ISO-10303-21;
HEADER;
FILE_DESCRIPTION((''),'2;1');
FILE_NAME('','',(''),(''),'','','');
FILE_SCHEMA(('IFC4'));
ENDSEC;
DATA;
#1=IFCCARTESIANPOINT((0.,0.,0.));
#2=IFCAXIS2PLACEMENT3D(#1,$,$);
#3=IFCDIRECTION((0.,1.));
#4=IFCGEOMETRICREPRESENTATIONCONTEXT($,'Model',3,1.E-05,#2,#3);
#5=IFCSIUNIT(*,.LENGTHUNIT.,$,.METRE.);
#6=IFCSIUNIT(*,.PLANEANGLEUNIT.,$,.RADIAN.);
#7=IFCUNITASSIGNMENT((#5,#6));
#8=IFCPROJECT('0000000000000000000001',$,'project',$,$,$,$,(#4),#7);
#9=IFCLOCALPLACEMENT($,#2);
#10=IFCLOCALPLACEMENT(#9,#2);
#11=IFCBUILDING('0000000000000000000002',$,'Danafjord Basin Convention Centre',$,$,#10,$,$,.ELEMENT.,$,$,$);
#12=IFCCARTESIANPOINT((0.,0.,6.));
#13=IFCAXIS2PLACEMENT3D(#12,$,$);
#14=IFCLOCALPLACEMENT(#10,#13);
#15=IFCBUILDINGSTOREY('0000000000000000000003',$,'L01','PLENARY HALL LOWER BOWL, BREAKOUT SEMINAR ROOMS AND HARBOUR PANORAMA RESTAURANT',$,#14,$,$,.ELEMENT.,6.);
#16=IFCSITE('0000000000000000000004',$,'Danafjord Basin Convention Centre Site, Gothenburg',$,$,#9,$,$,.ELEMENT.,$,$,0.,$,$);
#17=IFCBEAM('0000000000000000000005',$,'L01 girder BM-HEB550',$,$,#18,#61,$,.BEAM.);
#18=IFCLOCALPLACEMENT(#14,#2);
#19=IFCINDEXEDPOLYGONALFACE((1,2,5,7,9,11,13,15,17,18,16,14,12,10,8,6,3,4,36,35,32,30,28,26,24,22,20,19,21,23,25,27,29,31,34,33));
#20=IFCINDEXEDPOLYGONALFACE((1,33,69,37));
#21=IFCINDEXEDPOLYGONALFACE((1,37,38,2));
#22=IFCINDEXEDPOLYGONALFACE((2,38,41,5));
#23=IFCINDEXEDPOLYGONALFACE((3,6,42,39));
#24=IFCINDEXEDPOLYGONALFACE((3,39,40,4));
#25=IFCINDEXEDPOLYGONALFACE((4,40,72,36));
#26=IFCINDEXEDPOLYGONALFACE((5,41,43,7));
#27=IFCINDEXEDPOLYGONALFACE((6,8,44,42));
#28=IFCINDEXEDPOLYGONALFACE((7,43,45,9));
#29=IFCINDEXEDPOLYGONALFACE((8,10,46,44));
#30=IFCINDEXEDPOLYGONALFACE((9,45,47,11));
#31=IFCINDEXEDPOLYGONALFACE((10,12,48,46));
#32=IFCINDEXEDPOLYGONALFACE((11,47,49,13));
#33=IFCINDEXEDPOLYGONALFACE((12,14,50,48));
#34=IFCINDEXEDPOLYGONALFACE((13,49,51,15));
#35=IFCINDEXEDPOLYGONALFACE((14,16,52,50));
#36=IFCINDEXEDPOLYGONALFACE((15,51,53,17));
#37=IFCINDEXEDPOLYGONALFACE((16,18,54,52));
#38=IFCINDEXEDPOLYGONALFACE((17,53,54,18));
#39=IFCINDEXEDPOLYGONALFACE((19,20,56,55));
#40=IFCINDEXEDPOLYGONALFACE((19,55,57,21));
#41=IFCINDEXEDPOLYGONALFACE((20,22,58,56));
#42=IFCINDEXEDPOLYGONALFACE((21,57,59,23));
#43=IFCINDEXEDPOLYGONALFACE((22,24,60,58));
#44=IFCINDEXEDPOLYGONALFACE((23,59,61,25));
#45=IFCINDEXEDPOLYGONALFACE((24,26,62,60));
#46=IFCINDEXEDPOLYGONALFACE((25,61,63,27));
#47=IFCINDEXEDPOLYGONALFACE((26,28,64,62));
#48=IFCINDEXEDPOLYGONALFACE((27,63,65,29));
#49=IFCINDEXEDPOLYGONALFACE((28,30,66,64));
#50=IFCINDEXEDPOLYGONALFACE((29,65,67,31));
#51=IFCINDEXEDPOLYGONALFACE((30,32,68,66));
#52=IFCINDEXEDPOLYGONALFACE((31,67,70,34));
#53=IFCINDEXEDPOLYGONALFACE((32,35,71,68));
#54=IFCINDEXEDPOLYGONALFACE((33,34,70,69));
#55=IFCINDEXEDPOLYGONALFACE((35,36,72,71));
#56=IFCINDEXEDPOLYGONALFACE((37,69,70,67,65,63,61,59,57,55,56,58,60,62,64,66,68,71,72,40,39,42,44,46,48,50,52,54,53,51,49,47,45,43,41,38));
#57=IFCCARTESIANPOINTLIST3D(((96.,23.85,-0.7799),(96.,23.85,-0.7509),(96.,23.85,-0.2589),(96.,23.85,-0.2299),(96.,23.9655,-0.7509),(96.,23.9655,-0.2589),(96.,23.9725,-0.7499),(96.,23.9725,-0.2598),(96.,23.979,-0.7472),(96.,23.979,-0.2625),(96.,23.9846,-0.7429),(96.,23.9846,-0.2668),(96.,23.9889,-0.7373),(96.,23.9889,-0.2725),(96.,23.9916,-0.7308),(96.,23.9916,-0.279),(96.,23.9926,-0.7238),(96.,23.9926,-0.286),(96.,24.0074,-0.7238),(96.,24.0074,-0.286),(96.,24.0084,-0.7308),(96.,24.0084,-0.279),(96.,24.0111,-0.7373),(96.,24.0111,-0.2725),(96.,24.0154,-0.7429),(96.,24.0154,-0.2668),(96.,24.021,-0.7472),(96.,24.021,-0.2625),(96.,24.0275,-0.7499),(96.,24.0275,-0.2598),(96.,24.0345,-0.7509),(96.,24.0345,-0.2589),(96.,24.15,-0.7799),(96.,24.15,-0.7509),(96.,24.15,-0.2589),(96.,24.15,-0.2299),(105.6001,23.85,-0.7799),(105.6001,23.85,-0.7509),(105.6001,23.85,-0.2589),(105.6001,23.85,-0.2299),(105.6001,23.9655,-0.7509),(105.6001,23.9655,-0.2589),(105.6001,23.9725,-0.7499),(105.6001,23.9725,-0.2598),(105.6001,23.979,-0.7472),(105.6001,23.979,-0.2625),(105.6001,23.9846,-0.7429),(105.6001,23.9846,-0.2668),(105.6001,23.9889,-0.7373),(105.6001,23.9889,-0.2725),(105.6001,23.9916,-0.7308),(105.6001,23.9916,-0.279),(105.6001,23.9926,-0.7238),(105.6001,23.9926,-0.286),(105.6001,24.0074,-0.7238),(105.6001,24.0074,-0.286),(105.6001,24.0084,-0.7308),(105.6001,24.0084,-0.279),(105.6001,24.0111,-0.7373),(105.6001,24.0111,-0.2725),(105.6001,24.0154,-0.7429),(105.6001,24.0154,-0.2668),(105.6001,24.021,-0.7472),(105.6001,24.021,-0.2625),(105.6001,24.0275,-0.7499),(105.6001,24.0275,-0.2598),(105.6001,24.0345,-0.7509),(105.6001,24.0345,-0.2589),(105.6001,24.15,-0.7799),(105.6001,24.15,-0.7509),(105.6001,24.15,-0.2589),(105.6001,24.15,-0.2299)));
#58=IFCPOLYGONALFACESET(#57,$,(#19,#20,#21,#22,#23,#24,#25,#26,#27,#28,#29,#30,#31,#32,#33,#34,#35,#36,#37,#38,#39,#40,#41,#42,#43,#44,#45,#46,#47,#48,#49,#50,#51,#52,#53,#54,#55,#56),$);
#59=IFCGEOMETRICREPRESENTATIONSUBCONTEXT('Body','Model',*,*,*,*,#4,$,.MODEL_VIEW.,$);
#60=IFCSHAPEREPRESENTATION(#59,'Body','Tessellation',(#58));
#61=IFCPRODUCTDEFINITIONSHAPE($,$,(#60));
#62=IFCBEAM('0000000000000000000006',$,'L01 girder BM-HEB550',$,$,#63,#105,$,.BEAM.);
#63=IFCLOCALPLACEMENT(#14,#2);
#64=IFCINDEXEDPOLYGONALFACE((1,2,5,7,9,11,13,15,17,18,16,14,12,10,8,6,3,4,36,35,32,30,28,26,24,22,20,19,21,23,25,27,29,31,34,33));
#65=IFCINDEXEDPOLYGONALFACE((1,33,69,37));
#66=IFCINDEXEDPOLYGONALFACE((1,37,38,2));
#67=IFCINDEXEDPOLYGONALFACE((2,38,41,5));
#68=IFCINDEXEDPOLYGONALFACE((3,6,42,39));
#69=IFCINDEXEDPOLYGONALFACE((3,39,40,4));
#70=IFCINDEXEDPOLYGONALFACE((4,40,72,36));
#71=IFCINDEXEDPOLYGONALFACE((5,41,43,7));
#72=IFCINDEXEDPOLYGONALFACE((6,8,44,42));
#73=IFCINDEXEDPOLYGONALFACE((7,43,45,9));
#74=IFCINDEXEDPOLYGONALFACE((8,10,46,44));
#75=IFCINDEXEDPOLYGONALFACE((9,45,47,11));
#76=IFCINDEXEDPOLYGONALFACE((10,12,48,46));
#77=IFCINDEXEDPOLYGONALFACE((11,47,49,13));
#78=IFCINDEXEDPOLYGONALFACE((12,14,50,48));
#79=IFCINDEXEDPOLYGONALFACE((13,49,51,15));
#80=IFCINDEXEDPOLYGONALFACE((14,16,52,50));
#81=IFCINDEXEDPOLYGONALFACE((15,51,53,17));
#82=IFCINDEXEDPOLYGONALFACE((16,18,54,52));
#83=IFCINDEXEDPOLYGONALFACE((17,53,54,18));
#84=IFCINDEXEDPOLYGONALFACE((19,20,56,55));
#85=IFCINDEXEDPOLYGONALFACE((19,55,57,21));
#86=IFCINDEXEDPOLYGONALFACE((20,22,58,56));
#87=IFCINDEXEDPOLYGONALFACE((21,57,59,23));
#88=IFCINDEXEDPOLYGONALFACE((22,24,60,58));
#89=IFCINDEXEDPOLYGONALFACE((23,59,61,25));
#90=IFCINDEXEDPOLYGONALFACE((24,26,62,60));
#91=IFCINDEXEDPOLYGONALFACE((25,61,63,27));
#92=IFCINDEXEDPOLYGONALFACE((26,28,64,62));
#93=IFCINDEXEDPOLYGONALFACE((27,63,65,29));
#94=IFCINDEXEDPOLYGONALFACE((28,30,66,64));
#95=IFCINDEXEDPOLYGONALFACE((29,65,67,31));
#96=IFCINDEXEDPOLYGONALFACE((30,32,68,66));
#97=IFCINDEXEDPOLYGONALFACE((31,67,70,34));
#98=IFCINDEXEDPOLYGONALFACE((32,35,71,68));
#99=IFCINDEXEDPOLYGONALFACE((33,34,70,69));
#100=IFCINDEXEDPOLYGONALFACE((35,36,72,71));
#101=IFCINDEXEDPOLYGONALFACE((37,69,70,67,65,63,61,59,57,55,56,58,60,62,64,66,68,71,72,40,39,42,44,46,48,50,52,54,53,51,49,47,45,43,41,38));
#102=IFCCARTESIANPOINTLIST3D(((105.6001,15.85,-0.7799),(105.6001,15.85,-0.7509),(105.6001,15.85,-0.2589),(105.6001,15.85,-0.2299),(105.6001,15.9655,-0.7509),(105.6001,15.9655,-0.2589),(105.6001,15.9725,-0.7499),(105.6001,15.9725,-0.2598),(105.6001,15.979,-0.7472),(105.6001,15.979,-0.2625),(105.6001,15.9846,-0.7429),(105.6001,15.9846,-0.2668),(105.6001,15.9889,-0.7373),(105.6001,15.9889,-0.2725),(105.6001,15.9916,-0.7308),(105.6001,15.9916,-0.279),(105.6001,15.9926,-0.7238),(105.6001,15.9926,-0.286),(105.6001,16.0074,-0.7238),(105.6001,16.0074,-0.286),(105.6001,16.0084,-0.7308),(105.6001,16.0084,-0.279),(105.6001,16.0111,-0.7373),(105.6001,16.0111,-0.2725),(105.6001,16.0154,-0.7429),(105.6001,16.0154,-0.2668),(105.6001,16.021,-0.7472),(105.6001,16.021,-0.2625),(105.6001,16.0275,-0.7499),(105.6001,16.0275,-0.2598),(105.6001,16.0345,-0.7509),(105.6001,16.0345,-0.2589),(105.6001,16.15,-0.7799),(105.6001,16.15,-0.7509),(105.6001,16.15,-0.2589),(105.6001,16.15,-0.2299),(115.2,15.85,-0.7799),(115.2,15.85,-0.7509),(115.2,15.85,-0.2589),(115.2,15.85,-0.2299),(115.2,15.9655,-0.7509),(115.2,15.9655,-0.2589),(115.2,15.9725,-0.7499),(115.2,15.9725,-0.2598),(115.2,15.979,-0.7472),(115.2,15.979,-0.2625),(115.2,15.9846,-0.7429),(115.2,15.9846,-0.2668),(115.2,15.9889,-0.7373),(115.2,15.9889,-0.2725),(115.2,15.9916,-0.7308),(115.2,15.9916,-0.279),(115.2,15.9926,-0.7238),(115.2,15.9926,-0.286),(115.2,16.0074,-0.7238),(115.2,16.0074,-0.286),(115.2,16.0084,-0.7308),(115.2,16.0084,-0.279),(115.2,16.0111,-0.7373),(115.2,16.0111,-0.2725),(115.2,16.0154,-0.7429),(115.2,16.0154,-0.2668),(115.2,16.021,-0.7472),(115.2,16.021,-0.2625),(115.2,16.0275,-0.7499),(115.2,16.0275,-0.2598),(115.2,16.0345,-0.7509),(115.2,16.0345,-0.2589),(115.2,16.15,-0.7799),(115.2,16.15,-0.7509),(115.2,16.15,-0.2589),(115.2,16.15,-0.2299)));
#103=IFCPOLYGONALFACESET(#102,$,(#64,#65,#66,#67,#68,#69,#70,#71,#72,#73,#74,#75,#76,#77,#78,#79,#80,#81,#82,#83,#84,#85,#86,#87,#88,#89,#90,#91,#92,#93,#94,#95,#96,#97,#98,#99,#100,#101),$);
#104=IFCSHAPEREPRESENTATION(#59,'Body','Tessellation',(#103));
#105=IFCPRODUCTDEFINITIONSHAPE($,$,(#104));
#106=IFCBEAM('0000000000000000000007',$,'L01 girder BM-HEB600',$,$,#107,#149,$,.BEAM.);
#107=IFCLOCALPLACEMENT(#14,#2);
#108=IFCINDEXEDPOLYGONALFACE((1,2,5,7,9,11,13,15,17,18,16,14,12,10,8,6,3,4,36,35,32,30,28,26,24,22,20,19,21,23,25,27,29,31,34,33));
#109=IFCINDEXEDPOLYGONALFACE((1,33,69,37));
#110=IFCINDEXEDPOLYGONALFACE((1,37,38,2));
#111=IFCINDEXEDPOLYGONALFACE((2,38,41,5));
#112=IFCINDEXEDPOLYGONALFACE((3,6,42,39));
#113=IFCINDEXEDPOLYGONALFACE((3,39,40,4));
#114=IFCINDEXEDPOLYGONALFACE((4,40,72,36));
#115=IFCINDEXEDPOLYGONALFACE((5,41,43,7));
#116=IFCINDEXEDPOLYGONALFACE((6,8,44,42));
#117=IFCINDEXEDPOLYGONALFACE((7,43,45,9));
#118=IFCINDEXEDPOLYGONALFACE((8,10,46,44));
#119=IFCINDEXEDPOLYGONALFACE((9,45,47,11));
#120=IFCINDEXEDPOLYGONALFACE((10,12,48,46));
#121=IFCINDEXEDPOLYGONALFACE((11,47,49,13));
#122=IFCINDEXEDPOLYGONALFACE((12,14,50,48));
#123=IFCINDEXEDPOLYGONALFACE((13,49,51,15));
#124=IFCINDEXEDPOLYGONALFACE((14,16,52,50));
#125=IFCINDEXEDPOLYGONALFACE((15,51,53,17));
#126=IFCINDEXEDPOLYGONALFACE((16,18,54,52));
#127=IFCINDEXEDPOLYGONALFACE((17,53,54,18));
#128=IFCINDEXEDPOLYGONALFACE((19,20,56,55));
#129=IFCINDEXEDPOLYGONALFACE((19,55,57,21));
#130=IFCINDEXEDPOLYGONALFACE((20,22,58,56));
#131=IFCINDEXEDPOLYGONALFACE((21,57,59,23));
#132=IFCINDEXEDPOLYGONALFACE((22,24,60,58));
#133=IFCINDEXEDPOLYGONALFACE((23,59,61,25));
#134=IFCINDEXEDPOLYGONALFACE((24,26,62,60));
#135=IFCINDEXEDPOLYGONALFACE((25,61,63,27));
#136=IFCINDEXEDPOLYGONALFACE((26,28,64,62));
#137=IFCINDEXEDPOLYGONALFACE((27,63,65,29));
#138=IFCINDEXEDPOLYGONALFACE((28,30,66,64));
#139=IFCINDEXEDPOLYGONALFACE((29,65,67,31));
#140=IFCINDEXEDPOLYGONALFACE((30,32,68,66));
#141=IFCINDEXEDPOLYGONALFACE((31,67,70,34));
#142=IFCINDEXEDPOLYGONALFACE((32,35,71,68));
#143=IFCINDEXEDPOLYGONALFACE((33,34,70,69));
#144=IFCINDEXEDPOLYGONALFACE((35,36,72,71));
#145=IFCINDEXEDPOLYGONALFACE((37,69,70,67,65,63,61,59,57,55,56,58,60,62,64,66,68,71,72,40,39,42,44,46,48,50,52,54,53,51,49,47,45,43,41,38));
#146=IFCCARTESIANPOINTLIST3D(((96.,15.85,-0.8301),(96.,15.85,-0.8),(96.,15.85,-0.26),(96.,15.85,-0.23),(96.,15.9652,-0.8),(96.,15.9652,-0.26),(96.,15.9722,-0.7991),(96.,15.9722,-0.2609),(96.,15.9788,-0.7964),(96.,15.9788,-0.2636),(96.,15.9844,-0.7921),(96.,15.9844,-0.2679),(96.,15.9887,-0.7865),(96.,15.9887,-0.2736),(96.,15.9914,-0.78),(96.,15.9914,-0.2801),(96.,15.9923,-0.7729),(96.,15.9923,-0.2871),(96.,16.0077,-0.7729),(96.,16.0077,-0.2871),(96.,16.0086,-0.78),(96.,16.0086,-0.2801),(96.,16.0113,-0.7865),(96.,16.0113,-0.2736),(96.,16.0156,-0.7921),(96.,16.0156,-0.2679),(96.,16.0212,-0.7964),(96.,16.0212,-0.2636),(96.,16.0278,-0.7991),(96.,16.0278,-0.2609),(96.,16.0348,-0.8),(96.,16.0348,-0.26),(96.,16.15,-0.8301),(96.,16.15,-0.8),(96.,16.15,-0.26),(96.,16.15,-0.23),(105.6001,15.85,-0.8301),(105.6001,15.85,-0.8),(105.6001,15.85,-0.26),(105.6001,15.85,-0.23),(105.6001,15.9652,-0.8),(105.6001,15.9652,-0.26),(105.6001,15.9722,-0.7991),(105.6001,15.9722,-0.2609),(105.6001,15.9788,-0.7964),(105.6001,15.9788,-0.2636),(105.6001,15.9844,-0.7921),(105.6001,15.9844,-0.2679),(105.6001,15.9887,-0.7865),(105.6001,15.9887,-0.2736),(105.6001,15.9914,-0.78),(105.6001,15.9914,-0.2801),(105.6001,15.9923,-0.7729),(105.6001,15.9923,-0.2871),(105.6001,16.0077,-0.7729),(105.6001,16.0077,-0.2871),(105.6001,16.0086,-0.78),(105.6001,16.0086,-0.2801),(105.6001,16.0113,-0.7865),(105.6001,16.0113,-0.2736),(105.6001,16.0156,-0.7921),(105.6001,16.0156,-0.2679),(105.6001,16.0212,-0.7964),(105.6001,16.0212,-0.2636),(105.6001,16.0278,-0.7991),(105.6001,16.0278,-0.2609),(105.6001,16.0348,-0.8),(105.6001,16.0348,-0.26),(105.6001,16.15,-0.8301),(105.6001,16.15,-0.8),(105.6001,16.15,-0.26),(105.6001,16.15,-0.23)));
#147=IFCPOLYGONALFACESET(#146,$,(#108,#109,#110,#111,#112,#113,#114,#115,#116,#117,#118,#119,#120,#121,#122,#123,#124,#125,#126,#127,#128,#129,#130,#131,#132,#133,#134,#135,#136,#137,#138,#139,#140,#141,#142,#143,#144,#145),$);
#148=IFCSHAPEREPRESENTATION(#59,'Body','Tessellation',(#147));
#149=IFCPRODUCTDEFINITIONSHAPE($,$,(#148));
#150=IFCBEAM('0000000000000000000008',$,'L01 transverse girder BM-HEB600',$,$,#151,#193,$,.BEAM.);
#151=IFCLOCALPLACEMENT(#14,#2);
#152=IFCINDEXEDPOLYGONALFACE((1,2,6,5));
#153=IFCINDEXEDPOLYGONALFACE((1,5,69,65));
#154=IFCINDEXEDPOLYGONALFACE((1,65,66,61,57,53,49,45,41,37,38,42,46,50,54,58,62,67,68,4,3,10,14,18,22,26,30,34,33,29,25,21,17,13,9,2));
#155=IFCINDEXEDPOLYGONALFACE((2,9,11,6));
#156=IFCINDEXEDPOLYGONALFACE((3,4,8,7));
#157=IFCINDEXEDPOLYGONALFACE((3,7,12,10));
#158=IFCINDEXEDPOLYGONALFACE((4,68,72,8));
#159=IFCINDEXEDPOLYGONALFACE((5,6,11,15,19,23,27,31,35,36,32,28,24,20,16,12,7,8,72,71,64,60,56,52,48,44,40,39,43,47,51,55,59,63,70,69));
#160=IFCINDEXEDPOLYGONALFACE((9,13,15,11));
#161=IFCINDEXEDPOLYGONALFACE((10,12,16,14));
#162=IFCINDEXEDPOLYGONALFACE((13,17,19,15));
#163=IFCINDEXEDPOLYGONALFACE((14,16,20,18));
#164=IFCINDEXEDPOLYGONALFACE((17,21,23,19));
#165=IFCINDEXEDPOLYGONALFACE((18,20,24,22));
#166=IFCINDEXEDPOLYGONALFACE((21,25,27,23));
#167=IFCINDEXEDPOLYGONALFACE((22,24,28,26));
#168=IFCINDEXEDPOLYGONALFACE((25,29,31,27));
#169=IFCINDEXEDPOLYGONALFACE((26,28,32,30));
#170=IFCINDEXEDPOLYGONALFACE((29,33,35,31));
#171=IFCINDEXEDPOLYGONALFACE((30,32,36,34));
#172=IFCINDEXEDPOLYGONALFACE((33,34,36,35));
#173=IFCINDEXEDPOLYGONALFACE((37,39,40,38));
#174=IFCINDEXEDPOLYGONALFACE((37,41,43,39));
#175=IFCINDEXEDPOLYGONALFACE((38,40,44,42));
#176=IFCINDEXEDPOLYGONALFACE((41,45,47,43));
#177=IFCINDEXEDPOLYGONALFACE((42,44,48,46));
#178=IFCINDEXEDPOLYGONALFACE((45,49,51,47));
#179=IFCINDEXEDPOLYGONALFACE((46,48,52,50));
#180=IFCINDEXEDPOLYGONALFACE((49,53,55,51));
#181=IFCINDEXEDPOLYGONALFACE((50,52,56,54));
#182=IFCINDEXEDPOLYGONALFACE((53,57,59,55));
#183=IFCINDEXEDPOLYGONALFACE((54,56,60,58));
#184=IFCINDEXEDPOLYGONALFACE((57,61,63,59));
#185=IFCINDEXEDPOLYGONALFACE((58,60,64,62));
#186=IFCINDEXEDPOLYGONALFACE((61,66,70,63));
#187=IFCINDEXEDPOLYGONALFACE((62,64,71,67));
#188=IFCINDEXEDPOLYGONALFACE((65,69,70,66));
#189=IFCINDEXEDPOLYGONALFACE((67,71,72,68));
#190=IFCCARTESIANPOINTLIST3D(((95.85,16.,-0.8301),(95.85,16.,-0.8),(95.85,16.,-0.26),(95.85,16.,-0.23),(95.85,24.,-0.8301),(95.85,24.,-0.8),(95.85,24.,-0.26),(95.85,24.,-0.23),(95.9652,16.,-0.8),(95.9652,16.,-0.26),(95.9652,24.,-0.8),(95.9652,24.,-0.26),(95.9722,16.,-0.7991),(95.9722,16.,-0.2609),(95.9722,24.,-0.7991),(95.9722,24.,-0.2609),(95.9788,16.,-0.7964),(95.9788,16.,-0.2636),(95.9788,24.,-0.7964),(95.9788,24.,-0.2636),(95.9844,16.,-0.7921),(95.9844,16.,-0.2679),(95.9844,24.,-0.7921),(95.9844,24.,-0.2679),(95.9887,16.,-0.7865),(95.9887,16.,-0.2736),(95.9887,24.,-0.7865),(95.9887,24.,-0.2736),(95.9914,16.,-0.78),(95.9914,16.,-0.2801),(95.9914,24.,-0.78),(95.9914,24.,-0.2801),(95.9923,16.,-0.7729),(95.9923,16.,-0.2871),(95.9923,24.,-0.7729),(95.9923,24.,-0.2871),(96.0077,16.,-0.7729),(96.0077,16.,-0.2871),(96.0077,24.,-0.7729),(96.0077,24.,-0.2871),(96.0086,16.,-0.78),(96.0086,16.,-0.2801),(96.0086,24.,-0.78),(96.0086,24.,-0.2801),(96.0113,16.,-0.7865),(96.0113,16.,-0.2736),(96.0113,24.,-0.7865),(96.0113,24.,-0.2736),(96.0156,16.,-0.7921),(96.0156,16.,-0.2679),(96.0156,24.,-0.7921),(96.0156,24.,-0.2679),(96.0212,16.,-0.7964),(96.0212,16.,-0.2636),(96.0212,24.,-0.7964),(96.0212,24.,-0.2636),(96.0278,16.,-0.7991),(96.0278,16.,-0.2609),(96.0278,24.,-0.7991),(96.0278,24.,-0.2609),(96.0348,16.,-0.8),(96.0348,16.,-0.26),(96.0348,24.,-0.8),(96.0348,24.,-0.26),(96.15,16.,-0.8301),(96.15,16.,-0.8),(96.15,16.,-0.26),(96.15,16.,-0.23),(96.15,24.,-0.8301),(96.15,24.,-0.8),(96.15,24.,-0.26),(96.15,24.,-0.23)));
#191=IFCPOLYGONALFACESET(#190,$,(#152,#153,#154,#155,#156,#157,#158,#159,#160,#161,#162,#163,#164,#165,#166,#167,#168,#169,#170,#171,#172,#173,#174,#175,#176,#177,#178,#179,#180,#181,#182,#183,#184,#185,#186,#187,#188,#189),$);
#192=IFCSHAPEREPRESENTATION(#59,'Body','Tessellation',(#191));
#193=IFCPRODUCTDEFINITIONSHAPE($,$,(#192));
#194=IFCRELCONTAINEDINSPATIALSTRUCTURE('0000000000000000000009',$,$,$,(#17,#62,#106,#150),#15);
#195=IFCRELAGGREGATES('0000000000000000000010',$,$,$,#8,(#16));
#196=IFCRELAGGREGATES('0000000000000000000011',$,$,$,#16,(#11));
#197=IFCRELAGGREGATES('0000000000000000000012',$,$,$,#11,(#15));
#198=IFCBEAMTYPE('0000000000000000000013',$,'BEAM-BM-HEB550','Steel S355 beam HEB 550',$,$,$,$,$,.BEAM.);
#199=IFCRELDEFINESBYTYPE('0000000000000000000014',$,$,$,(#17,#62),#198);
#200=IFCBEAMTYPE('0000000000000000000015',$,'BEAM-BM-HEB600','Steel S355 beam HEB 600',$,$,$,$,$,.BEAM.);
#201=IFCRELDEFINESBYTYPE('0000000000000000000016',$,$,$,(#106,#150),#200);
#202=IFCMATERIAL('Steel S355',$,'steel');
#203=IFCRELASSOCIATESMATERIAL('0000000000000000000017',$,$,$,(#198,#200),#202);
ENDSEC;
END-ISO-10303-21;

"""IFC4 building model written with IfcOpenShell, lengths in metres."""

from ifc_helpers import new_model, si_unit, direction, frame, origin, origin_2d, place, context, subcontext, project, spatial, i_section, extrude, material, material_profile, profile_set, type_object, element, save


model = new_model("IFC4")

# Units and contexts
model_context = context("Model", 3, precision=1e-05, world=origin(), true_north=direction((0.0, 1.0)))
body_context = subcontext(model_context, "Body", "Model", "MODEL_VIEW")
ifc_project = project(units=[si_unit("LENGTHUNIT", "METRE"), si_unit("PLANEANGLEUNIT", "RADIAN")], contexts=[model_context])

# Site, building, storey
site_placement = place(None, origin())
site = spatial("IfcSite", under=ifc_project, at=site_placement, Name="Danafjord Basin Convention Centre Site, Gothenburg", CompositionType="ELEMENT", RefElevation=0.0)
building_placement = place(site_placement, origin())
building = spatial("IfcBuilding", under=site, at=building_placement, Name="Danafjord Basin Convention Centre", CompositionType="ELEMENT")
storey_placement = place(building_placement, frame((0.0, 0.0, 6.0)))
storey = spatial("IfcBuildingStorey", under=building, at=storey_placement, Name="L01", Description="PLENARY HALL LOWER BOWL, BREAKOUT SEMINAR ROOMS AND HARBOUR PANORAMA RESTAURANT", CompositionType="ELEMENT", Elevation=6.0)

# Shared definitions
ifc_material_1 = material(Name="Steel S355", Category="steel")

# Beams
ifc_material_profile_1 = material_profile(ifc_material_1, i_section(OverallWidth=0.3, OverallDepth=0.55, WebThickness=0.0149, FlangeThickness=0.0291, FilletRadius=0.0271, at=origin_2d()), Name="HEB 550")
ifc_profile_set_1 = profile_set([ifc_material_profile_1], Name="Steel S355")
beam_type_1 = type_object("IfcBeamType", Name="BEAM-BM-HEB550", Description="Steel S355 beam HEB 550", PredefinedType="BEAM", material=ifc_profile_set_1)
beam_1_placement = place(storey_placement, frame((96.0, 24.0, -0.5049), z_axis=(1.0, 0.0, 0.0), x_axis=(0.0, 1.0, 0.0)))
element("IfcBeam", 1, at=beam_1_placement, inside=storey, type_object=beam_type_1, Name="L01 girder BM-HEB550", PredefinedType="BEAM", context=body_context, shape_type="SweptSolid", body=[
    extrude(i_section(OverallWidth=0.3, OverallDepth=0.55, WebThickness=0.0149, FlangeThickness=0.0291, FilletRadius=0.0271, at=origin_2d()), origin(), (0.0, 0.0, 1.0), 9.6001),
])
beam_2_placement = place(storey_placement, frame((105.6001, 16.0, -0.5049), z_axis=(1.0, 0.0, 0.0), x_axis=(0.0, 1.0, 0.0)))
element("IfcBeam", 2, at=beam_2_placement, inside=storey, type_object=beam_type_1, Name="L01 girder BM-HEB550", PredefinedType="BEAM", context=body_context, shape_type="SweptSolid", body=[
    extrude(i_section(OverallWidth=0.3, OverallDepth=0.55, WebThickness=0.0149, FlangeThickness=0.0291, FilletRadius=0.0271, at=origin_2d()), origin(), (0.0, 0.0, 1.0), 9.5999),
])
ifc_material_profile_2 = material_profile(ifc_material_1, i_section(OverallWidth=0.3, OverallDepth=0.6001, WebThickness=0.0154, FlangeThickness=0.03, FilletRadius=0.0271, at=origin_2d()), Name="HEB 600")
ifc_profile_set_2 = profile_set([ifc_material_profile_2], Name="Steel S355")
beam_type_2 = type_object("IfcBeamType", Name="BEAM-BM-HEB600", Description="Steel S355 beam HEB 600", PredefinedType="BEAM", material=ifc_profile_set_2)
beam_3_placement = place(storey_placement, frame((96.0, 16.0, -0.53), z_axis=(1.0, 0.0, 0.0), x_axis=(0.0, 1.0, 0.0)))
element("IfcBeam", 3, at=beam_3_placement, inside=storey, type_object=beam_type_2, Name="L01 girder BM-HEB600", PredefinedType="BEAM", context=body_context, shape_type="SweptSolid", body=[
    extrude(i_section(OverallWidth=0.3, OverallDepth=0.6001, WebThickness=0.0154, FlangeThickness=0.03, FilletRadius=0.0271, at=origin_2d()), origin(), (0.0, 0.0, 1.0), 9.6001),
])
beam_4_placement = place(storey_placement, frame((96.0, 16.0, -0.53), z_axis=(0.0, 1.0, 0.0), x_axis=(-1.0, 0.0, 0.0)))
element("IfcBeam", 4, at=beam_4_placement, inside=storey, type_object=beam_type_2, Name="L01 transverse girder BM-HEB600", PredefinedType="BEAM", context=body_context, shape_type="SweptSolid", body=[
    extrude(i_section(OverallWidth=0.3, OverallDepth=0.6001, WebThickness=0.0154, FlangeThickness=0.03, FilletRadius=0.0271, at=origin_2d()), origin(), (0.0, 0.0, 1.0), 8.0),
])

save(model, "model.ifc")
